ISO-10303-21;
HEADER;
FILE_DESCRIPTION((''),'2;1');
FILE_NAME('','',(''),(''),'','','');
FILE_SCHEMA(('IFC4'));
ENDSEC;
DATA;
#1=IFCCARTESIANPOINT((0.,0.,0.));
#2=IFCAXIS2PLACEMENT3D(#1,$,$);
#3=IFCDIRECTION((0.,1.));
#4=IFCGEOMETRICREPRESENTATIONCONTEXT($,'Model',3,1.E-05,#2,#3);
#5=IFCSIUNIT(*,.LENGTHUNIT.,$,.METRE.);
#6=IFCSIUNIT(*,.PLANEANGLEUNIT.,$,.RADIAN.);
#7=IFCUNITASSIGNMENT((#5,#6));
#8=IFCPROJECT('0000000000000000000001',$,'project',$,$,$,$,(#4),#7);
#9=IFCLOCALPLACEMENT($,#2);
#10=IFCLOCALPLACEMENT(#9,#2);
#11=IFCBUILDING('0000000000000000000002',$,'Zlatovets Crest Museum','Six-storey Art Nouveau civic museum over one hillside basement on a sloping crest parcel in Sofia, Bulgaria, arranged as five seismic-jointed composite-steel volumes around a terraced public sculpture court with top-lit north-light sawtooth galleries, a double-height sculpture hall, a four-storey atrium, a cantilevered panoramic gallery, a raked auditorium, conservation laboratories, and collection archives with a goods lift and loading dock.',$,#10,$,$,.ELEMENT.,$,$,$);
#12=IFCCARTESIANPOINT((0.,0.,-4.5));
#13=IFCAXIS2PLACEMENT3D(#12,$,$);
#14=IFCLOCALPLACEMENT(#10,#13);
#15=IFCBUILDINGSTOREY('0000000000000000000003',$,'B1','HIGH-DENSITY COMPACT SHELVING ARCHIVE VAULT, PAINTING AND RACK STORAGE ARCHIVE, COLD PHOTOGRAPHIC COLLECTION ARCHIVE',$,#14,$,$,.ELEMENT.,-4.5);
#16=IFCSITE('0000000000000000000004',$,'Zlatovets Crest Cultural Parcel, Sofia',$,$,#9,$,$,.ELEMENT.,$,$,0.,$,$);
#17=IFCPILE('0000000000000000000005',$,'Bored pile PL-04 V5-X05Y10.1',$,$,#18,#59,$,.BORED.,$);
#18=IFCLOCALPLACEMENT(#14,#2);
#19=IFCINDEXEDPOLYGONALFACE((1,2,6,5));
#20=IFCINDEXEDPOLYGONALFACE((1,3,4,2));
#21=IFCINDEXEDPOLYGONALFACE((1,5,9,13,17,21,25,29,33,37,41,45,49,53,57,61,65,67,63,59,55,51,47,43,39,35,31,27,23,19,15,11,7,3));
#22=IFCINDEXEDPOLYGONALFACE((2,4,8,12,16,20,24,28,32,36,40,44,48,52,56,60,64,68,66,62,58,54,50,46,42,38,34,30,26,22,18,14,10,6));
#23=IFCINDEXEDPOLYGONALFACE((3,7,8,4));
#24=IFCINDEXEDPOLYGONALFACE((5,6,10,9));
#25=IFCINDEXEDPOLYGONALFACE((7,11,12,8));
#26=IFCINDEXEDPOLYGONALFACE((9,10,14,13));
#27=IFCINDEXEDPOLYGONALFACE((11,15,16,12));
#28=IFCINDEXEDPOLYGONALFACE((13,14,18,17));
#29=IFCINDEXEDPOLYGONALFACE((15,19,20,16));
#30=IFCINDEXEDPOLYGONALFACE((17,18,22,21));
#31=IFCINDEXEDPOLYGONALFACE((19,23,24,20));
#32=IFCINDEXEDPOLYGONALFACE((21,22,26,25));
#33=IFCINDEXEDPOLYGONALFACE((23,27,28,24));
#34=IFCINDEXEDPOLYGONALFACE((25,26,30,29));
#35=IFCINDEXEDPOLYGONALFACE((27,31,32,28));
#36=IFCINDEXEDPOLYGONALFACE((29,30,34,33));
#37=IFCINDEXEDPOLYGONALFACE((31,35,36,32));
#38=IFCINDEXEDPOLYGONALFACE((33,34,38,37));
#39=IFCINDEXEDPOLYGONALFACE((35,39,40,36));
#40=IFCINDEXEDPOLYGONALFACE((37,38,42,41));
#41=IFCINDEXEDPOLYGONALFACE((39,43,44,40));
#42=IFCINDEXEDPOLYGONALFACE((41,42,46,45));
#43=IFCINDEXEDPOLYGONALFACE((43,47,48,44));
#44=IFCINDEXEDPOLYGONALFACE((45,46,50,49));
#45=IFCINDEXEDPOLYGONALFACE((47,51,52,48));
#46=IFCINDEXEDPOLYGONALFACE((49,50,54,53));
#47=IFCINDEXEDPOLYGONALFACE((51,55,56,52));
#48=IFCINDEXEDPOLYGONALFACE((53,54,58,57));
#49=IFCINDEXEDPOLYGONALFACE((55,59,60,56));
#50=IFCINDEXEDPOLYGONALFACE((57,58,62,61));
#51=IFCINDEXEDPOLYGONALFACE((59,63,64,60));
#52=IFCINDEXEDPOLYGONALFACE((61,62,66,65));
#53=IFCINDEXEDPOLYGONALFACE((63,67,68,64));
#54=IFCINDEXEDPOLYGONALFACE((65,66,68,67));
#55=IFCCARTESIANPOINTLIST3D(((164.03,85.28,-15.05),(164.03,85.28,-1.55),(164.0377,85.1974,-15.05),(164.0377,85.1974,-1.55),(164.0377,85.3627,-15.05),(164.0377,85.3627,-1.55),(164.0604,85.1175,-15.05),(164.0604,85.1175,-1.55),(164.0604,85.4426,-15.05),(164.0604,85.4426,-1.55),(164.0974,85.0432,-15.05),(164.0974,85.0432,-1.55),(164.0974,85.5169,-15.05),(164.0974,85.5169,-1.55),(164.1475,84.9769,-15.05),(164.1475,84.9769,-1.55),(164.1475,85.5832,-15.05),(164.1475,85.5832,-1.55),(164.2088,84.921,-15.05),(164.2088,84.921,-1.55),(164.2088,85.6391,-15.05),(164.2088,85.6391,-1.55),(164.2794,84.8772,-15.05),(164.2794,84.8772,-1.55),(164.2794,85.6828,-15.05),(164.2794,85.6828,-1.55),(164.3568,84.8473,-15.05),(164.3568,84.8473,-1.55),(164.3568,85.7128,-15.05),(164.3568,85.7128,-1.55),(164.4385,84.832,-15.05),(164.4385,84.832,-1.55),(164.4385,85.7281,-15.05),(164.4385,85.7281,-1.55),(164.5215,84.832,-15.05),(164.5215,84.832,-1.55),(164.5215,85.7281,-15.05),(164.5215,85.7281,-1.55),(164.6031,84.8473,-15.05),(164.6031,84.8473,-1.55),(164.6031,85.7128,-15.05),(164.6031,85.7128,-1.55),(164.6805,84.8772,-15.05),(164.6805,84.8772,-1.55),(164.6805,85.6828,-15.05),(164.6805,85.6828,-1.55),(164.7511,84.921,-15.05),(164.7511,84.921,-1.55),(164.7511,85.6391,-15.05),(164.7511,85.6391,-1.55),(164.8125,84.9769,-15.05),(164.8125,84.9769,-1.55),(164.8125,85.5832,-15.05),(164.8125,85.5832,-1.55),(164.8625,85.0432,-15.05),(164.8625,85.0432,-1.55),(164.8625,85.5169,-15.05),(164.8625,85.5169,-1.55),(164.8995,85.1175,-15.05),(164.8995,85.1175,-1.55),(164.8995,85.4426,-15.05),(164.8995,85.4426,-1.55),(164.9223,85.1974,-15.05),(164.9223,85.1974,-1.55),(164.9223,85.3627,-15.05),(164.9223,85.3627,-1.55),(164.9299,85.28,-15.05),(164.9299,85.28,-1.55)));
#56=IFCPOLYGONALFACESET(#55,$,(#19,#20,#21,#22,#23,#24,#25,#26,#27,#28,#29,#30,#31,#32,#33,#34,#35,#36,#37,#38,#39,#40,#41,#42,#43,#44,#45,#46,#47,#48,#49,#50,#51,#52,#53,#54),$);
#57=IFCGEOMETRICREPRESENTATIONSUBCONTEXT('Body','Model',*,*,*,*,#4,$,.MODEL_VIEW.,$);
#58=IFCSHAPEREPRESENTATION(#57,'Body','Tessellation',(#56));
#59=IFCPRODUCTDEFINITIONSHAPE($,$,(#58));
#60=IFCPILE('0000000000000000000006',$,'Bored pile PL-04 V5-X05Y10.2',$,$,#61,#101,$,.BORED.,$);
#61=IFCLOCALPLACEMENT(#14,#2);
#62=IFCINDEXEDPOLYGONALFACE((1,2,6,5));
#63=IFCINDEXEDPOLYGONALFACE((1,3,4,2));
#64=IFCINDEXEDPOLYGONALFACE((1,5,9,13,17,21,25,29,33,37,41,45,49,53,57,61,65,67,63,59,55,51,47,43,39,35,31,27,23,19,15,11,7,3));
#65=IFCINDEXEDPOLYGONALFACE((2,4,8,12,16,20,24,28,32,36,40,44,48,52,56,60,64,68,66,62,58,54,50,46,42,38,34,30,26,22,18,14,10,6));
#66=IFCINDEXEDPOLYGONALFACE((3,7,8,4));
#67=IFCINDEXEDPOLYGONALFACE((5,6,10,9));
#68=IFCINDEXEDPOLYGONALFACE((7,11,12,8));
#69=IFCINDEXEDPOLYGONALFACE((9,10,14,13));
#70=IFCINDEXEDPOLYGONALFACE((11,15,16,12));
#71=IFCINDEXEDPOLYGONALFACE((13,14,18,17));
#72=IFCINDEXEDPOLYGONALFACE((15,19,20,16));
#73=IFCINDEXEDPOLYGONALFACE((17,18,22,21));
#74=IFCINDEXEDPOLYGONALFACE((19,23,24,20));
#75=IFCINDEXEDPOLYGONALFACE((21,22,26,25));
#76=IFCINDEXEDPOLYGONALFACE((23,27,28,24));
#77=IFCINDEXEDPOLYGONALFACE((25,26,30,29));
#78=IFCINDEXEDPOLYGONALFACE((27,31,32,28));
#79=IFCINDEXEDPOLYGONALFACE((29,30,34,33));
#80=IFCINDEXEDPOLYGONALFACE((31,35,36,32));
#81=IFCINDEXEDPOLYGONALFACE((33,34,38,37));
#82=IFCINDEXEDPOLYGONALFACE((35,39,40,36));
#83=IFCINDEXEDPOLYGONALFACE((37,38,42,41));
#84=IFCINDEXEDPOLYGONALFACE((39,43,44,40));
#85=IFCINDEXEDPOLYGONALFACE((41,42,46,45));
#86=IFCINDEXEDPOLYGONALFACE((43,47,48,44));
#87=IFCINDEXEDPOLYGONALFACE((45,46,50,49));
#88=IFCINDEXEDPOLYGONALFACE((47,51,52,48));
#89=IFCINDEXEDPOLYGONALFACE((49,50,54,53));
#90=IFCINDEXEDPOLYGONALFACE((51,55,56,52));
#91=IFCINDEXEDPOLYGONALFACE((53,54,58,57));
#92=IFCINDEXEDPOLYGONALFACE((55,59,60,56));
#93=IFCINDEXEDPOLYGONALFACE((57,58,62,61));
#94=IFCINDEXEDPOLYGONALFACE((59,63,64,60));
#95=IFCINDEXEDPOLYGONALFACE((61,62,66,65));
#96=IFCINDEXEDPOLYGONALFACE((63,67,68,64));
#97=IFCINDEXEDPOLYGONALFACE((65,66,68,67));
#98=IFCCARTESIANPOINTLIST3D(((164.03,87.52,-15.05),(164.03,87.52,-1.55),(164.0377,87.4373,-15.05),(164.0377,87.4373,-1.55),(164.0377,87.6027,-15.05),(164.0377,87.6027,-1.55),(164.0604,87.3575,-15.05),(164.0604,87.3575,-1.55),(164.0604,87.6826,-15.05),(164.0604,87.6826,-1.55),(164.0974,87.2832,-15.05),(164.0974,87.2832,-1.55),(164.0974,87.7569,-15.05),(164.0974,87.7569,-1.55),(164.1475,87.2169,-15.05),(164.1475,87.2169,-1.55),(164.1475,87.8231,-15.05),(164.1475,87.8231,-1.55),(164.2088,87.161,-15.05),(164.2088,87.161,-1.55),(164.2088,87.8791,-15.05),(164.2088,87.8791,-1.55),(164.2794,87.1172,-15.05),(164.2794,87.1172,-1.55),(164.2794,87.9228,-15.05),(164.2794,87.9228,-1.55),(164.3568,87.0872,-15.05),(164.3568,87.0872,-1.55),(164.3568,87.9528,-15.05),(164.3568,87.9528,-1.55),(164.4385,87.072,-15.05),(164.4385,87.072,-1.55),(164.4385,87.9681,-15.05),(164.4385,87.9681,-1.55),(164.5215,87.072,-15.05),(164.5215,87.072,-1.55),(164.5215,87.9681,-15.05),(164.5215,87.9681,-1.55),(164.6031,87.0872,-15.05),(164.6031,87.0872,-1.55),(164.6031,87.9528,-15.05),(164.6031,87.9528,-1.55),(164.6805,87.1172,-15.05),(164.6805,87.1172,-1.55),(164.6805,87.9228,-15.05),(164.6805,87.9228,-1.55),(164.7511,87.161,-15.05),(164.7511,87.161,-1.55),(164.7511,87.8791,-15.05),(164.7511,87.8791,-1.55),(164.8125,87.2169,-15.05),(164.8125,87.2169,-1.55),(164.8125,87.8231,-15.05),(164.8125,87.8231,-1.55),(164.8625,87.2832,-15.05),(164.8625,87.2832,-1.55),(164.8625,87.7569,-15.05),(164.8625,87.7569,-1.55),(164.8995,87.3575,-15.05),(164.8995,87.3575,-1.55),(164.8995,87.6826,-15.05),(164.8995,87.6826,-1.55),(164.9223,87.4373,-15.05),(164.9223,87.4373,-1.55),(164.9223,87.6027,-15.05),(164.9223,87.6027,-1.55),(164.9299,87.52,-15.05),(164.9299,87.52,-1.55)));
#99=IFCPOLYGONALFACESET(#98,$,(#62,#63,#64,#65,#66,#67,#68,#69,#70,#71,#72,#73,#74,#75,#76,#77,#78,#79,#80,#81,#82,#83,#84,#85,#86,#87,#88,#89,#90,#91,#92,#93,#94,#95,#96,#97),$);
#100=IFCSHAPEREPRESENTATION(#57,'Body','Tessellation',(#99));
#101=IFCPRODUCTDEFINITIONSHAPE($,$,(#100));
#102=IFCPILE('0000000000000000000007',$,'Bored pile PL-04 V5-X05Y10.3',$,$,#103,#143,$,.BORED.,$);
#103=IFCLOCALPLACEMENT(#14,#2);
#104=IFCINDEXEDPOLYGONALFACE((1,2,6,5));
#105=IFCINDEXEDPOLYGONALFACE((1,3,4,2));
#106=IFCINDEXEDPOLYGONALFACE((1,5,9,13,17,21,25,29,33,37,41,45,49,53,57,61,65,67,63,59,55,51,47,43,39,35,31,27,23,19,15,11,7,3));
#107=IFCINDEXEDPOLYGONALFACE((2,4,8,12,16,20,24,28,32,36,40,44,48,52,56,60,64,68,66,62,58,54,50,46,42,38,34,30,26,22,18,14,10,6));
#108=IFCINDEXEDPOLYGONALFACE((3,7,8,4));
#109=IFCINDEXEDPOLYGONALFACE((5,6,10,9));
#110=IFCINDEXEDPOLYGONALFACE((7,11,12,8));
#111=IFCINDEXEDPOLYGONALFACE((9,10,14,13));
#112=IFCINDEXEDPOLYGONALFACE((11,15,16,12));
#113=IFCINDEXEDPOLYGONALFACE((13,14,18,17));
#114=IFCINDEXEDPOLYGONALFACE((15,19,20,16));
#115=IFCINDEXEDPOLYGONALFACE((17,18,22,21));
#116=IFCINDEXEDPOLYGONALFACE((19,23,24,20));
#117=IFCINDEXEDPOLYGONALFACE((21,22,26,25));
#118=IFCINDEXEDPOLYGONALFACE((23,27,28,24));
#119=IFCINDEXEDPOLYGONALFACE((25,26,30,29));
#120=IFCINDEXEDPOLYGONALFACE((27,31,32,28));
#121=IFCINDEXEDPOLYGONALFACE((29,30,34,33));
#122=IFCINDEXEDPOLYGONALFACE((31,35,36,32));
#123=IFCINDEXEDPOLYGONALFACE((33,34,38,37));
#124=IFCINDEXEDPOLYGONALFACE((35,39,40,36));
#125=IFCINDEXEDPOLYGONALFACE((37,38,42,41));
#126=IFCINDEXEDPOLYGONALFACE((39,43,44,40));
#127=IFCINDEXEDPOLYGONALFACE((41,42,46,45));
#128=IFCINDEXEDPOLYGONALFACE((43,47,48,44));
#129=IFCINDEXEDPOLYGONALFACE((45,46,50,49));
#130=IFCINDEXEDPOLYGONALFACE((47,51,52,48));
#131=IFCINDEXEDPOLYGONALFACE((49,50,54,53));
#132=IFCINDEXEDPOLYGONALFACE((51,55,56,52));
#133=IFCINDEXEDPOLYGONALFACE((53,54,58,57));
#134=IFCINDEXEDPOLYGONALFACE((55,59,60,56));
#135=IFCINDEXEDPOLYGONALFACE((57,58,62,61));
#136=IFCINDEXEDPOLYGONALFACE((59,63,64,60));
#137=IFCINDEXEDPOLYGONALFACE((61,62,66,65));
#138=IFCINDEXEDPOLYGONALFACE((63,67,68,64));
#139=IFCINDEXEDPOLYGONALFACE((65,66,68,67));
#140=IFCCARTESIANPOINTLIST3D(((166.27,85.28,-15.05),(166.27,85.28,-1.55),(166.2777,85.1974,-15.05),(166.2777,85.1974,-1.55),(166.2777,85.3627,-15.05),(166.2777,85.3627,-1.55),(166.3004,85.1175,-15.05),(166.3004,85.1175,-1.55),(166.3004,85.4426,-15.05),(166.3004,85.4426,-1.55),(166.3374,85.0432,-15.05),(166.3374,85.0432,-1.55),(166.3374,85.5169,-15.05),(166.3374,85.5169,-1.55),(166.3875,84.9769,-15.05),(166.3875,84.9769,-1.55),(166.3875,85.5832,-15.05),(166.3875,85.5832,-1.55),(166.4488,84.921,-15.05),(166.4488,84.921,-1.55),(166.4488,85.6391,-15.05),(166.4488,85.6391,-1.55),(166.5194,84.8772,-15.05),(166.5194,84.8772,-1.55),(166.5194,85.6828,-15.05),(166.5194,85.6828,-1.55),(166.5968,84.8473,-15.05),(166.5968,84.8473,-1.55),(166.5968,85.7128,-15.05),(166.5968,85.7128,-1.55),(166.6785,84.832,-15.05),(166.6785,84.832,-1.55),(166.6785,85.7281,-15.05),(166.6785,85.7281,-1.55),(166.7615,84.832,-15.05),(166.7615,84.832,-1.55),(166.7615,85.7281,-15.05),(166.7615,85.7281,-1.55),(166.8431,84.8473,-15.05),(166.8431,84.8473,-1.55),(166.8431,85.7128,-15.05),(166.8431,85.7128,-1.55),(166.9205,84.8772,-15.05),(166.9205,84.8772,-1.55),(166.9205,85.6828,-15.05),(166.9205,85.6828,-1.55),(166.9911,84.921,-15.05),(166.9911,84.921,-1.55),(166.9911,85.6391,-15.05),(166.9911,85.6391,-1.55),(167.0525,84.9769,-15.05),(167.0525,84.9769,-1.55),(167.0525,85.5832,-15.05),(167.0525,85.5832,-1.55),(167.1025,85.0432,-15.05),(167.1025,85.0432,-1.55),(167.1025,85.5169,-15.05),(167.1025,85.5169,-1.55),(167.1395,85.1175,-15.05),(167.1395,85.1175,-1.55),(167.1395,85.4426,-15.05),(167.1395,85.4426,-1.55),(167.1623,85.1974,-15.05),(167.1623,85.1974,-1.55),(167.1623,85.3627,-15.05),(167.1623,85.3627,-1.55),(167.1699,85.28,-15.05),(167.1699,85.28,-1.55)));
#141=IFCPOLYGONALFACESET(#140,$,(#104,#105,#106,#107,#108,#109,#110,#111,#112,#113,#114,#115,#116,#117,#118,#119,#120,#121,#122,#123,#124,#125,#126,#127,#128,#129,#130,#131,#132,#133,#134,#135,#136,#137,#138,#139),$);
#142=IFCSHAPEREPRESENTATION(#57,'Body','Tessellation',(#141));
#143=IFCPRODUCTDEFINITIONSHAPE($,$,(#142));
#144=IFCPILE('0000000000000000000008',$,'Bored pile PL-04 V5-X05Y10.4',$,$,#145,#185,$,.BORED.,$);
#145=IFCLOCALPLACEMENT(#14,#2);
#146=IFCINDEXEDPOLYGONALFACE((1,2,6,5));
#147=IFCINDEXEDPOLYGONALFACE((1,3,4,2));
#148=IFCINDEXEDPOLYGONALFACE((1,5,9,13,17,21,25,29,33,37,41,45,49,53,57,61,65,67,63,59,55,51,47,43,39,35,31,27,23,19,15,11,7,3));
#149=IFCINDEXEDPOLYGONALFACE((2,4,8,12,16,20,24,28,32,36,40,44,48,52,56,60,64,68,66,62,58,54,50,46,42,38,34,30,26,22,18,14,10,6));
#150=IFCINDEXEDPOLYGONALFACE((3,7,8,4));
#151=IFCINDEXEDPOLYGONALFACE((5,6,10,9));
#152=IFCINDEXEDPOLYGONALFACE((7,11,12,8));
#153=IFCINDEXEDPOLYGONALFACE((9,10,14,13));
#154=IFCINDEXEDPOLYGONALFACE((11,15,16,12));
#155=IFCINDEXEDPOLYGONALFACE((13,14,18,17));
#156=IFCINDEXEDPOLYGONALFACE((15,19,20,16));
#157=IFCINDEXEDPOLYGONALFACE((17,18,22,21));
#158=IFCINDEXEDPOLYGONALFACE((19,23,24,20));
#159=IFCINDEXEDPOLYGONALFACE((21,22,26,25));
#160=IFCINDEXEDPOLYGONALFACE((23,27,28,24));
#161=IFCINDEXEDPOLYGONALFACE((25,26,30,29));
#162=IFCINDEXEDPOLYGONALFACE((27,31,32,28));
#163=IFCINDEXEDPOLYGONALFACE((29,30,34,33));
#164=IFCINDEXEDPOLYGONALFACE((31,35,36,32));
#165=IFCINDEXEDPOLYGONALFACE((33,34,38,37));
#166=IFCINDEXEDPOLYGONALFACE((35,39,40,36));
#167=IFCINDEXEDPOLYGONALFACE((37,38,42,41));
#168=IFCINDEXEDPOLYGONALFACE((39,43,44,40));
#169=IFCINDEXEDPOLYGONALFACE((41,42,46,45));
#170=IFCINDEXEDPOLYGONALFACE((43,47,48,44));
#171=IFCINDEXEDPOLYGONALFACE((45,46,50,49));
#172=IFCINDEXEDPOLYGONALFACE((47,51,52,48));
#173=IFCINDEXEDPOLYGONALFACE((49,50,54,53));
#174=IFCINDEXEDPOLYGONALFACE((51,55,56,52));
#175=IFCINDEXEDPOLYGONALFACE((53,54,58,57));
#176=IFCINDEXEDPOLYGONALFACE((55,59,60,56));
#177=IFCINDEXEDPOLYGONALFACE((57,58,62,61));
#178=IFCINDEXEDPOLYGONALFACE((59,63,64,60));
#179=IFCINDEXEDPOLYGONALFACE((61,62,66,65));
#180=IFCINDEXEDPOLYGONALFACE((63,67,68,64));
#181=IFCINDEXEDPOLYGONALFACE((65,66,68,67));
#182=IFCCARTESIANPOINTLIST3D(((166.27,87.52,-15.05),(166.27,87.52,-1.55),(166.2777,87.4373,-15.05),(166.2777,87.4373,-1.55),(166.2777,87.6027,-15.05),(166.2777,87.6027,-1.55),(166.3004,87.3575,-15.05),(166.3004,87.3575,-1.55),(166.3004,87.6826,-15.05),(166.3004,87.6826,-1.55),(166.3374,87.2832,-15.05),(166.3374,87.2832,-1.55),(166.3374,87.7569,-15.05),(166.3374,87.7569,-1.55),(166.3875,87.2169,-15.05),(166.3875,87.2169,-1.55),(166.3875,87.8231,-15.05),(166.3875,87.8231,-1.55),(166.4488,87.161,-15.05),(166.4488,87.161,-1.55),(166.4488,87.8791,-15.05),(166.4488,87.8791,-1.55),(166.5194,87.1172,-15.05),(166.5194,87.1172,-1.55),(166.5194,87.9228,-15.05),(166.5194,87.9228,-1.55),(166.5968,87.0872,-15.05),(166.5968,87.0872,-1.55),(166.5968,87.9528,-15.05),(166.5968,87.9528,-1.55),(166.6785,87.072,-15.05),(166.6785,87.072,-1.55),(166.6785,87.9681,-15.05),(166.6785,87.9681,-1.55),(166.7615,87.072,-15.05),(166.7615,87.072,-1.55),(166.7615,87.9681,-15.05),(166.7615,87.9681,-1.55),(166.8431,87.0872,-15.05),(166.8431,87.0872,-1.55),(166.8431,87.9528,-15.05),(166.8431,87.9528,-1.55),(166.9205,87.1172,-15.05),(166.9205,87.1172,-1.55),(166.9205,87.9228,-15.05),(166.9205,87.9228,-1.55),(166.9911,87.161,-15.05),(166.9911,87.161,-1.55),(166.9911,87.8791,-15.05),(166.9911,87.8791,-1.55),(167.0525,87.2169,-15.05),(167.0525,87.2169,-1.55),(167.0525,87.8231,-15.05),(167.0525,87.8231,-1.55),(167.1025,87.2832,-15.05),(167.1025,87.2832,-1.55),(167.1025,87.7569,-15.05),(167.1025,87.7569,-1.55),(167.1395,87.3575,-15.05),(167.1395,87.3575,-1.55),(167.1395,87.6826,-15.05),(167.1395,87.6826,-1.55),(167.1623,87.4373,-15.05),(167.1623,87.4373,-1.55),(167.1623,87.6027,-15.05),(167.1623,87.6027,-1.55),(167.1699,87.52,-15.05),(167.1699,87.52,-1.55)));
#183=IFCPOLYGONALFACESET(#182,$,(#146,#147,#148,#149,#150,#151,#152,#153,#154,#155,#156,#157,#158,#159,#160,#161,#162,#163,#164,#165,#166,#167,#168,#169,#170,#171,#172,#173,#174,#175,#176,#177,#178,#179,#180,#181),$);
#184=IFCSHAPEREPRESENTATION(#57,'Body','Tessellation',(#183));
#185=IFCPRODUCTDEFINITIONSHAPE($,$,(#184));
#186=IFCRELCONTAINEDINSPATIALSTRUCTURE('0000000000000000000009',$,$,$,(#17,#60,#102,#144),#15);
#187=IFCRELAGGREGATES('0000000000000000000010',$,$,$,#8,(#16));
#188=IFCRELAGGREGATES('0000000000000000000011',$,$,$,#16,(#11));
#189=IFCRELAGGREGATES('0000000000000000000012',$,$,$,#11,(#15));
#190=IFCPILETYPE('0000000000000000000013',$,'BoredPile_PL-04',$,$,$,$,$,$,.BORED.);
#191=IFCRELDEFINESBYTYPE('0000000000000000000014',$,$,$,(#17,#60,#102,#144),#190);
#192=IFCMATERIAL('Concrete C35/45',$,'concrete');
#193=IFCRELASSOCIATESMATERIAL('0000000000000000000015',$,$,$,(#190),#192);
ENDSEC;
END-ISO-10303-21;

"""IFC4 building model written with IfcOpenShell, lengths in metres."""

from ifc_helpers import new_model, si_unit, direction, frame, origin, origin_2d, place, context, subcontext, project, spatial, circle, extrude, material, material_profile, profile_set, type_object, element, save


model = new_model("IFC4")

# Units and contexts
model_context = context("Model", 3, precision=1e-05, world=origin(), true_north=direction((0.0, 1.0)))
body_context = subcontext(model_context, "Body", "Model", "MODEL_VIEW")
ifc_project = project(units=[si_unit("LENGTHUNIT", "METRE"), si_unit("PLANEANGLEUNIT", "RADIAN")], contexts=[model_context])

# Site, building, storey
site_placement = place(None, origin())
site = spatial("IfcSite", under=ifc_project, at=site_placement, Name="Zlatovets Crest Cultural Parcel, Sofia", CompositionType="ELEMENT", RefElevation=0.0)
building_placement = place(site_placement, origin())
building = spatial("IfcBuilding", under=site, at=building_placement, Name="Zlatovets Crest Museum", Description="Six-storey Art Nouveau civic museum over one hillside basement on a sloping crest parcel in Sofia, Bulgaria, arranged as five seismic-jointed composite-steel volumes around a terraced public sculpture court with top-lit north-light sawtooth galleries, a double-height sculpture hall, a four-storey atrium, a cantilevered panoramic gallery, a raked auditorium, conservation laboratories, and collection archives with a goods lift and loading dock.", CompositionType="ELEMENT")
storey_placement = place(building_placement, frame((0.0, 0.0, -4.5)))
storey = spatial("IfcBuildingStorey", under=building, at=storey_placement, Name="B1", Description="HIGH-DENSITY COMPACT SHELVING ARCHIVE VAULT, PAINTING AND RACK STORAGE ARCHIVE, COLD PHOTOGRAPHIC COLLECTION ARCHIVE", CompositionType="ELEMENT", Elevation=-4.5)

# Piles
ifc_material = material(Name="Concrete C35/45", Category="concrete")
ifc_material_profile_1 = material_profile(ifc_material, circle(Radius=0.45, at=origin_2d()), Name="PILE D900")
ifc_profile_set_1 = profile_set([ifc_material_profile_1], Name="Concrete C35/45")
pile_type = type_object("IfcPileType", Name="BoredPile_PL-04", PredefinedType="BORED", material=ifc_profile_set_1)
for number, where, z_axis, x_axis, name in (
    (1, (164.48, 85.28, -1.55), (0.0, 0.0, -1.0), (1.0, 0.0, 0.0), "Bored pile PL-04 V5-X05Y10.1"),
    (2, (164.48, 87.52, -1.55), (0.0, 0.0, -1.0), (1.0, 0.0, 0.0), "Bored pile PL-04 V5-X05Y10.2"),
    (3, (166.72, 85.28, -1.55), (0.0, 0.0, -1.0), (1.0, 0.0, 0.0), "Bored pile PL-04 V5-X05Y10.3"),
    (4, (166.72, 87.52, -1.55), (0.0, 0.0, -1.0), (1.0, 0.0, 0.0), "Bored pile PL-04 V5-X05Y10.4"),
):
    element("IfcPile", number, at=place(storey_placement, frame(where, z_axis=z_axis, x_axis=x_axis)), inside=storey, type_object=pile_type, Name=name, PredefinedType="BORED", context=body_context, shape_type="SweptSolid", body=[
        extrude(circle(Radius=0.45, at=origin_2d()), origin(), (0.0, 0.0, 1.0), 13.5),
    ])

save(model, "model.ifc")
